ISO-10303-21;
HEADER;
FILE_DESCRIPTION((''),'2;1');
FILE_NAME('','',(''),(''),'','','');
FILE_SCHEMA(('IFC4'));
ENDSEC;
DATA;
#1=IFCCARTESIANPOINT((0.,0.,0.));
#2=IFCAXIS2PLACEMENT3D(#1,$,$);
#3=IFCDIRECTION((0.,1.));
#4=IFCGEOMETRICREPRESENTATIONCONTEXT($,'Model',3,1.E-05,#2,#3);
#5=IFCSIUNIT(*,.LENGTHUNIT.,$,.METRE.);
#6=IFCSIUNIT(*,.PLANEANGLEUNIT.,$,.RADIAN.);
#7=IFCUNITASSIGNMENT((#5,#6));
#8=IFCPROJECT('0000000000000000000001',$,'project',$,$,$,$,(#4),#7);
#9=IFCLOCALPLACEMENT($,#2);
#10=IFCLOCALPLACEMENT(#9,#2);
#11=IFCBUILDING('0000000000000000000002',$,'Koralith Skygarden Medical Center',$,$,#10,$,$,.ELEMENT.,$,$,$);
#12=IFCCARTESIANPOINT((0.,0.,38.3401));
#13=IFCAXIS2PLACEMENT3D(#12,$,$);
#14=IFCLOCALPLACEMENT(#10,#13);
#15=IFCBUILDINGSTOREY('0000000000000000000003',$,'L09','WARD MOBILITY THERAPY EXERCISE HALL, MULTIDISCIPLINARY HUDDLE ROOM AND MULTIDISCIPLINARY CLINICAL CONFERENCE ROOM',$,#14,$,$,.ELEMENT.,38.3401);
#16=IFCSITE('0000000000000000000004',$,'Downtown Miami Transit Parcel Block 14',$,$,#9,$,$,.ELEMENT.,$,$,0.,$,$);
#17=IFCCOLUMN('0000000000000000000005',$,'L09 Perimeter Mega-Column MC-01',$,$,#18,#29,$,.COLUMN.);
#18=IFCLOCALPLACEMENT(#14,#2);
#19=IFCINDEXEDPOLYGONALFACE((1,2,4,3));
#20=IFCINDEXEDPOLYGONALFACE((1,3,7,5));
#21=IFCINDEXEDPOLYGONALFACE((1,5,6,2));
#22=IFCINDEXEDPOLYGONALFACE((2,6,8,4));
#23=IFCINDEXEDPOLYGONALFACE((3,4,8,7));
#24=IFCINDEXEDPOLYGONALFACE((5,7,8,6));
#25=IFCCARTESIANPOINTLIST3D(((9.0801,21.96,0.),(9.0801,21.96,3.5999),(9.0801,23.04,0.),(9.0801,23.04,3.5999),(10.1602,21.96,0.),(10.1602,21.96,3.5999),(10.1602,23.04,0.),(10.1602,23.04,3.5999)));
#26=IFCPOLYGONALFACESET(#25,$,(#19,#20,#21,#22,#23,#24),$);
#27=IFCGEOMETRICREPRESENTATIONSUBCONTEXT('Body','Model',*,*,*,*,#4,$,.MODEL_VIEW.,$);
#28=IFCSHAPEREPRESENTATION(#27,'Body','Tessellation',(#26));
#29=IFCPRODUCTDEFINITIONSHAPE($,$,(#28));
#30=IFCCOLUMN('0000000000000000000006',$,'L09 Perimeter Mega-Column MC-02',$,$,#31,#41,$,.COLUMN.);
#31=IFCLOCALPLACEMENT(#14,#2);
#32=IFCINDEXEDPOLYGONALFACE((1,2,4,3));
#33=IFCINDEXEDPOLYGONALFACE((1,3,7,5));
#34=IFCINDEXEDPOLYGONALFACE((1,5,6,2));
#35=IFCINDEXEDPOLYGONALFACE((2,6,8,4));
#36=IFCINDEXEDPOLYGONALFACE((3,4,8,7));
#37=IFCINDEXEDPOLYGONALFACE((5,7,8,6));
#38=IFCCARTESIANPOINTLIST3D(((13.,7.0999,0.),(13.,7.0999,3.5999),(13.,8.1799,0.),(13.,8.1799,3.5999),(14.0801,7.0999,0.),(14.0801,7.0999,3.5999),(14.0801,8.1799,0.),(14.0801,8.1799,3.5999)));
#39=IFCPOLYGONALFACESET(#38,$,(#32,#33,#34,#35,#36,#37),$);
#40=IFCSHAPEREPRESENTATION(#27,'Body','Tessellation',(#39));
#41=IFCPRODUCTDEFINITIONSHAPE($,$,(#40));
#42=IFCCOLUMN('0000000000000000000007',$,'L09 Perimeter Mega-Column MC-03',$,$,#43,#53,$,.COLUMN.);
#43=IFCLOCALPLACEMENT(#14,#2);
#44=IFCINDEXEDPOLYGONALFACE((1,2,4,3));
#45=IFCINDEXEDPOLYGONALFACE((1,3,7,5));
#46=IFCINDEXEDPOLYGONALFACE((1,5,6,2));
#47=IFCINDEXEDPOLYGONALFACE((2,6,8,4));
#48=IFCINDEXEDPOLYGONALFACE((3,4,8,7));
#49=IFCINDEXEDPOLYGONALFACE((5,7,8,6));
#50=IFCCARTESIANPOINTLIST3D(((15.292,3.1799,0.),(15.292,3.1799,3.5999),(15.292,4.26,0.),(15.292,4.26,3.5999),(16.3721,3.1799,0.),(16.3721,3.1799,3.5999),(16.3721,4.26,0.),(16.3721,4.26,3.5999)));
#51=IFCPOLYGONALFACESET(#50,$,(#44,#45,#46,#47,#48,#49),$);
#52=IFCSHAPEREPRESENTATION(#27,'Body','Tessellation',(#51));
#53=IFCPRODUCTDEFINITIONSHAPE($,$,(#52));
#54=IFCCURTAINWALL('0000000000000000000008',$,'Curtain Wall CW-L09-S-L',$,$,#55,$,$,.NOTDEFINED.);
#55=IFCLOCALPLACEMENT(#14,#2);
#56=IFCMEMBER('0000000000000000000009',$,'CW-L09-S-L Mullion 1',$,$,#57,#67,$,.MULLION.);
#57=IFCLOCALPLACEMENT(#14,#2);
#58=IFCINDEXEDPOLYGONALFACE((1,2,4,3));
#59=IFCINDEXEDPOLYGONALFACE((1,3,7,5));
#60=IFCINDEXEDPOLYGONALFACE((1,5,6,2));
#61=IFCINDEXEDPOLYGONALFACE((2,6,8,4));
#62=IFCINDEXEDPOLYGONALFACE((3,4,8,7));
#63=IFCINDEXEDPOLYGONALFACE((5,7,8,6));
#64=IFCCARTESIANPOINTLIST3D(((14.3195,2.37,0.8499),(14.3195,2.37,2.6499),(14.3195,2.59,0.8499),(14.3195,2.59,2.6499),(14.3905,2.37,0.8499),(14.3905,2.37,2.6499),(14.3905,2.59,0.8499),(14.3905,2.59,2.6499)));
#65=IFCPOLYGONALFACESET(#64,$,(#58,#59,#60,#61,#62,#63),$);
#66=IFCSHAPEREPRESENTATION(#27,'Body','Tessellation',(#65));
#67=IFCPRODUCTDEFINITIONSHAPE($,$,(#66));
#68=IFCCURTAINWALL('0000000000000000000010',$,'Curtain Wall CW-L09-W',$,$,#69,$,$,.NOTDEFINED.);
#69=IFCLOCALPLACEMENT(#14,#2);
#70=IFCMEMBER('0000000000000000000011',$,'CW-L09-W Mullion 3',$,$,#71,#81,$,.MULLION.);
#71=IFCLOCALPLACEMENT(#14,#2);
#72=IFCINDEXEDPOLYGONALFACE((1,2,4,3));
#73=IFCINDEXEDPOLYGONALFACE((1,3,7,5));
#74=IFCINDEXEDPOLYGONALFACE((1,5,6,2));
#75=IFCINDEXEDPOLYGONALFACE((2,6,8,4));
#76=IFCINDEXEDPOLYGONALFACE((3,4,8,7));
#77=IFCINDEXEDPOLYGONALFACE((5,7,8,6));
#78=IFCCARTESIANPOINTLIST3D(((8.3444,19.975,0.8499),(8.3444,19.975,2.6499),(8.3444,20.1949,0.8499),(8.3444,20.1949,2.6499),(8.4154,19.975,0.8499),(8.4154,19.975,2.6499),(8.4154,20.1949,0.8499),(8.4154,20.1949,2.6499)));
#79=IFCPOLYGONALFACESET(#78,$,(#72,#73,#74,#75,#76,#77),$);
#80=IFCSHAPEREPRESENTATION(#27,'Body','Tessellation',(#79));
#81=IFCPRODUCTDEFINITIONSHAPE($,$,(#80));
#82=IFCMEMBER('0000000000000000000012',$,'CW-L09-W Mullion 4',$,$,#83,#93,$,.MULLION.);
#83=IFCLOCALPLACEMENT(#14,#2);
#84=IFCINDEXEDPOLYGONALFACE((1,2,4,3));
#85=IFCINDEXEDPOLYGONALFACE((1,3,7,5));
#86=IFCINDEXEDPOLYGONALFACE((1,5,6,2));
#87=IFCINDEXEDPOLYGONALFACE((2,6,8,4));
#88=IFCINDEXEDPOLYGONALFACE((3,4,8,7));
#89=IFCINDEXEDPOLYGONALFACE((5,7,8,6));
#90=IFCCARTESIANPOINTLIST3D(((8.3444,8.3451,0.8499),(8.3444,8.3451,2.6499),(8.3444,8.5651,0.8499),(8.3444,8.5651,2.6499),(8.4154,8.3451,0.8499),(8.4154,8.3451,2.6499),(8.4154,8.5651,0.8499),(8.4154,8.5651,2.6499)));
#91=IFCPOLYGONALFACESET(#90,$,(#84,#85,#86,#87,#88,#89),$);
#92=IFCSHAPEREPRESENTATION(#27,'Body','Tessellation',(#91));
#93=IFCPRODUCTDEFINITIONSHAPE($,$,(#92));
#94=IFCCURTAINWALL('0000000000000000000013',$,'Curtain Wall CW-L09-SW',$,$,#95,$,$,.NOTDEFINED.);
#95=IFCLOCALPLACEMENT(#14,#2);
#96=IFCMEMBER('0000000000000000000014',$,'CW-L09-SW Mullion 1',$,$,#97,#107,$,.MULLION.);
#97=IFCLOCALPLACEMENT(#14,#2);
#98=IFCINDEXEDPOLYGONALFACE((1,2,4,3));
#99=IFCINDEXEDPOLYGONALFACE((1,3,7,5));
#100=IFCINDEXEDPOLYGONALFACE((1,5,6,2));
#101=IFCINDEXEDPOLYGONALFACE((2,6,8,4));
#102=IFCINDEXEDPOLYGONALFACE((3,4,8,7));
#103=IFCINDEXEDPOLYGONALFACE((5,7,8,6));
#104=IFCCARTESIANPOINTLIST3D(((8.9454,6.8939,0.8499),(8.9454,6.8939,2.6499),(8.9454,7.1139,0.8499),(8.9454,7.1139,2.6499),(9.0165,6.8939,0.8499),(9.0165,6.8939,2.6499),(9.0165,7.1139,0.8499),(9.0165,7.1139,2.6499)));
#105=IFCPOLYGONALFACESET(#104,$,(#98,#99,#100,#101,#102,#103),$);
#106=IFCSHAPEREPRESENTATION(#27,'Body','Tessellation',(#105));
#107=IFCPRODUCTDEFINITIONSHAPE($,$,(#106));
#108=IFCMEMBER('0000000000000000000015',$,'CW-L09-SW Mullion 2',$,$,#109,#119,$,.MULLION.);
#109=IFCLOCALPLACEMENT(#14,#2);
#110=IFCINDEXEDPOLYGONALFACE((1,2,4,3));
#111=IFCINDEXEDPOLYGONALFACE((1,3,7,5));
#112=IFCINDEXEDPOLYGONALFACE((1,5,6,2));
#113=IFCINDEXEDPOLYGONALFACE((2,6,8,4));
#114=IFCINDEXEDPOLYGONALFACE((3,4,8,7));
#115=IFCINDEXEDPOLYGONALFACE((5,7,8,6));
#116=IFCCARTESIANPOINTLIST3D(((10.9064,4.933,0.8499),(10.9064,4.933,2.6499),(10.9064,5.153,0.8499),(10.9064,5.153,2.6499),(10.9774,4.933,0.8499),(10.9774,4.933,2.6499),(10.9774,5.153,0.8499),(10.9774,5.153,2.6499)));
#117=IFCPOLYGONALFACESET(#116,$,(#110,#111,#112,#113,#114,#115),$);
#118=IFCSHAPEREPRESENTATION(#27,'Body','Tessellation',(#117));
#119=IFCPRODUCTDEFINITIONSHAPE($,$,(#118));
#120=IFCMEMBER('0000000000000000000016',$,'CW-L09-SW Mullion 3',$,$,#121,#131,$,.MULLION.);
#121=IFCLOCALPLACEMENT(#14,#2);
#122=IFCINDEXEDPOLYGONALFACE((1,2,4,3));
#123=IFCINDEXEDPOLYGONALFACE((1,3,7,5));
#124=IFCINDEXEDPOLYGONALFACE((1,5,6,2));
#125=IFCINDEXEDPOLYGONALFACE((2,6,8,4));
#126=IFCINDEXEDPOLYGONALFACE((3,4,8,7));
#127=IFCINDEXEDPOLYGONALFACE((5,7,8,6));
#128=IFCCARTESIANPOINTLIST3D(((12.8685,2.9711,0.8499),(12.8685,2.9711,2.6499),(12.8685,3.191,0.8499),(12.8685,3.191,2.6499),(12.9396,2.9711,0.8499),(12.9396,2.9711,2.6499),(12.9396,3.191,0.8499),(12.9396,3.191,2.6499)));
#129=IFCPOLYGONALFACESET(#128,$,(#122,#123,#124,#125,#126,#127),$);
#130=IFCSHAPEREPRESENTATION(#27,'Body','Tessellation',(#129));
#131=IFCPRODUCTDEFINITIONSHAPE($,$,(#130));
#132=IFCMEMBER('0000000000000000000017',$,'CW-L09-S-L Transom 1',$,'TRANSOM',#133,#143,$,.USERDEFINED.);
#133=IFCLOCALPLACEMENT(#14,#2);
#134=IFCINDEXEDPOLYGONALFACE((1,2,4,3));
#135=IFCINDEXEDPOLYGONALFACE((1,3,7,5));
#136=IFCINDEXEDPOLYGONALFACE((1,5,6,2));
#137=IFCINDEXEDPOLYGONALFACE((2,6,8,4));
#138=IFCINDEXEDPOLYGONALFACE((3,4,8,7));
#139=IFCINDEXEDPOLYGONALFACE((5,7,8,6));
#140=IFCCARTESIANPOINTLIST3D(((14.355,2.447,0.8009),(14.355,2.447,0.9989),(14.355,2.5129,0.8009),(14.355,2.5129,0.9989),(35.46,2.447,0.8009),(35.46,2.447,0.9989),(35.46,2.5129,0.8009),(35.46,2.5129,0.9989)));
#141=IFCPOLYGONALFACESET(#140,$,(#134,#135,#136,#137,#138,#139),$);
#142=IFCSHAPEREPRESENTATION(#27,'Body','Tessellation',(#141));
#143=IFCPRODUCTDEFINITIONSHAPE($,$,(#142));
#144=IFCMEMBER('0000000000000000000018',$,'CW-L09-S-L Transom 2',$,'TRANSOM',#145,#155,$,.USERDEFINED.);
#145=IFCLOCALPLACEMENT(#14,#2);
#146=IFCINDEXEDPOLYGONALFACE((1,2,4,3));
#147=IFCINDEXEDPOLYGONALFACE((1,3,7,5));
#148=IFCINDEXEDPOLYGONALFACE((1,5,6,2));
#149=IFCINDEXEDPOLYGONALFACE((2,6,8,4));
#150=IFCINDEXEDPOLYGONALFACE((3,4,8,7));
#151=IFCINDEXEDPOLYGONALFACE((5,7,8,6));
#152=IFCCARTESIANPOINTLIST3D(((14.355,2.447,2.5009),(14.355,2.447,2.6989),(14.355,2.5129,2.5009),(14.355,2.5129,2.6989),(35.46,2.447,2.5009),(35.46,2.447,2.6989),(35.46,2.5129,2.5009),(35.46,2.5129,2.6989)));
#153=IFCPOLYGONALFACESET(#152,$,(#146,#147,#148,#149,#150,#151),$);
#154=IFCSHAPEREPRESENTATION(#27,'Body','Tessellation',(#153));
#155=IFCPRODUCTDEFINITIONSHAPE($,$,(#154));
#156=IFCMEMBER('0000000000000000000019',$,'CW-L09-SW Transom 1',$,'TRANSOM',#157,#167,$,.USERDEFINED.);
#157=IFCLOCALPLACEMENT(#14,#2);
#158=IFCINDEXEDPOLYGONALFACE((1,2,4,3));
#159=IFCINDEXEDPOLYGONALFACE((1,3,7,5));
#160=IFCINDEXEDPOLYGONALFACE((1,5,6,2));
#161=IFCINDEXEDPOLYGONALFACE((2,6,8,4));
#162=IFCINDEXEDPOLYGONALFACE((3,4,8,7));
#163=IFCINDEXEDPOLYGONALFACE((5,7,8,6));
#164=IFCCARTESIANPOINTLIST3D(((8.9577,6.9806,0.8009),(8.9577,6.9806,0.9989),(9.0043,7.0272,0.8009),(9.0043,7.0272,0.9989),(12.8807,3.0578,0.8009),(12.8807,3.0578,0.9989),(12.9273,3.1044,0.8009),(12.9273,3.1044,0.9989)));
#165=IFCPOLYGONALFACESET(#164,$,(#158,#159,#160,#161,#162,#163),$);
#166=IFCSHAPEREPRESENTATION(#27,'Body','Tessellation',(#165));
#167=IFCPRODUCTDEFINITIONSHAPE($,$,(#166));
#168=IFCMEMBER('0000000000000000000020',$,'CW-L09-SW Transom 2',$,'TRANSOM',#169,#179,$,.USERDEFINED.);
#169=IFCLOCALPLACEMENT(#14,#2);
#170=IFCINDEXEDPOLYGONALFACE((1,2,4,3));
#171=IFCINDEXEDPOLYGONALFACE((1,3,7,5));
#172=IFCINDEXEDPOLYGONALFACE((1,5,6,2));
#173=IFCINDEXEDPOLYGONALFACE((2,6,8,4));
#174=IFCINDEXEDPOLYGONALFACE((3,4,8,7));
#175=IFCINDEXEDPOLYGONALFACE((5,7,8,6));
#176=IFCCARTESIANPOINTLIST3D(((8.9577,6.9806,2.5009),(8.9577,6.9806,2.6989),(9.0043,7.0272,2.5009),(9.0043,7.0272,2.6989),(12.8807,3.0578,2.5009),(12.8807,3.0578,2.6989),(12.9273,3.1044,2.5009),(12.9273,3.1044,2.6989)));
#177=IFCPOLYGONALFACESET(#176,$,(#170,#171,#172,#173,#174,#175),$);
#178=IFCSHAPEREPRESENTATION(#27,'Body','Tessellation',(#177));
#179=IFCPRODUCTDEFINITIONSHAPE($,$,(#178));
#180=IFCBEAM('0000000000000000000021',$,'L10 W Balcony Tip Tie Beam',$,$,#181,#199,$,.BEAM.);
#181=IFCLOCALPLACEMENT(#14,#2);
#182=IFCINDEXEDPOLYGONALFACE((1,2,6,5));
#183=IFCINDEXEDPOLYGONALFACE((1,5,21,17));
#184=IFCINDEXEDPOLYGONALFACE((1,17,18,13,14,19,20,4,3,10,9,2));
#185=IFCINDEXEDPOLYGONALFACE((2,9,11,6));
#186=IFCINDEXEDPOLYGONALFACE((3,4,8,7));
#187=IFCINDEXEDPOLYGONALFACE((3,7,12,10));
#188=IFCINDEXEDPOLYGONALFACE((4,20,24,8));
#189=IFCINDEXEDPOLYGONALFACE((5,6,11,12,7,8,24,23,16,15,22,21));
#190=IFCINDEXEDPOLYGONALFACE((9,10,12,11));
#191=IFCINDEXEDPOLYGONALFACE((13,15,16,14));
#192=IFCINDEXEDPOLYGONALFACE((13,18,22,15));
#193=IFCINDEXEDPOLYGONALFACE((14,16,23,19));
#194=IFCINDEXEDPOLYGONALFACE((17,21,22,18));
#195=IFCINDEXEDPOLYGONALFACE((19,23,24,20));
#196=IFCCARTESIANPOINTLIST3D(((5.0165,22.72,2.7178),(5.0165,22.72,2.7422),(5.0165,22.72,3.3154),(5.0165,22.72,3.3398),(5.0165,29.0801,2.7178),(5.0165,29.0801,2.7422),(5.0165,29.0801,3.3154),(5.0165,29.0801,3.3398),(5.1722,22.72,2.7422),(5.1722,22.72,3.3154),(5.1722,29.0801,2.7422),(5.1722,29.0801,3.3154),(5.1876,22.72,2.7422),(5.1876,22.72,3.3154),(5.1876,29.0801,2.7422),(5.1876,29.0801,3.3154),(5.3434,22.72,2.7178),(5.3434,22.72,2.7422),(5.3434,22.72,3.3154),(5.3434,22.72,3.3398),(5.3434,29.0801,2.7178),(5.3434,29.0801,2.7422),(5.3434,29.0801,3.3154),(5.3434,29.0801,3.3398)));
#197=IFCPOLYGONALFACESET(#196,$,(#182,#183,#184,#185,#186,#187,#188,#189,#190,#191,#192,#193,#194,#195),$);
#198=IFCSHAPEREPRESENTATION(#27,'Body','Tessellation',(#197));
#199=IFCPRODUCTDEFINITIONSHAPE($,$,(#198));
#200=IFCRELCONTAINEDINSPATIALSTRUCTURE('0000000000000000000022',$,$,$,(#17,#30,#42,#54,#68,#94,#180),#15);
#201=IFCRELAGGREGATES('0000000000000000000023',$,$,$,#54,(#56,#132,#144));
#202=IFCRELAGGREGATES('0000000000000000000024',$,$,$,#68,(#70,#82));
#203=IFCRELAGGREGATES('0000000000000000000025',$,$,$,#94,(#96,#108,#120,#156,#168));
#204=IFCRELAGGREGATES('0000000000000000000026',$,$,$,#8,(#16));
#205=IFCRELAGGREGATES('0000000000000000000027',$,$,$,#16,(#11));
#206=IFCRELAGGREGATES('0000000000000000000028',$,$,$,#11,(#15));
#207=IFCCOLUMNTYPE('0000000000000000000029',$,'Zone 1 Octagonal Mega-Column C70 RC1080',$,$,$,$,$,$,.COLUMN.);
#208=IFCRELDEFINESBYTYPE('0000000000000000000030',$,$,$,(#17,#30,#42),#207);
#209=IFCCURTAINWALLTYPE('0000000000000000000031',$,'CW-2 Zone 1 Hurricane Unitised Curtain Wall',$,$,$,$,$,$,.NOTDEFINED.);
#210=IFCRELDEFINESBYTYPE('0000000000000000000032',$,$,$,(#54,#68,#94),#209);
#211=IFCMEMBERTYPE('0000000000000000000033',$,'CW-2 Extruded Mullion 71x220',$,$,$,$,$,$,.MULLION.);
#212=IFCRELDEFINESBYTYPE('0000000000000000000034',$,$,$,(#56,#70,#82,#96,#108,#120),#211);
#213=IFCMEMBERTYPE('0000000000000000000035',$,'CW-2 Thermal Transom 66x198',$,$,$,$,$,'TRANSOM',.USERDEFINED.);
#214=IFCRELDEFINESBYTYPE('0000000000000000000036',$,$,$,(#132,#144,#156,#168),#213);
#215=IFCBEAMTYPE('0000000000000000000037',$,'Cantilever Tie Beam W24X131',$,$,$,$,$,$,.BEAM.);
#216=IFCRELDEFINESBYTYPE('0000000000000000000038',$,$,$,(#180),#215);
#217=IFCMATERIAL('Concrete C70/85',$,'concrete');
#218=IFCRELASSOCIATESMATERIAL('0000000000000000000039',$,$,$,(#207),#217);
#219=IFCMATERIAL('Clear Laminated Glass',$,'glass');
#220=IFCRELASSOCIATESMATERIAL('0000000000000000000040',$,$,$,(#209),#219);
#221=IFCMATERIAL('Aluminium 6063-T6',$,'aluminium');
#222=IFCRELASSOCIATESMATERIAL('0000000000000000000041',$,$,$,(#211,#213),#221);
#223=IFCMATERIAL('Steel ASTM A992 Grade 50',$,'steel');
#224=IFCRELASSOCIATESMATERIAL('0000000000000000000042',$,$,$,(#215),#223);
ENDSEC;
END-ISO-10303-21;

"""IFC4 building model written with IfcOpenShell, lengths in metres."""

from ifc_helpers import new_model, si_unit, direction, frame, origin, origin_2d, place, context, subcontext, project, spatial, rectangle, i_section, extrude, material, material_profile, profile_set, type_object, element, aggregate, save


model = new_model("IFC4")

# Units and contexts
model_context = context("Model", 3, precision=1e-05, world=origin(), true_north=direction((0.0, 1.0)))
body_context = subcontext(model_context, "Body", "Model", "MODEL_VIEW")
ifc_project = project(units=[si_unit("LENGTHUNIT", "METRE"), si_unit("PLANEANGLEUNIT", "RADIAN")], contexts=[model_context])

# Site, building, storey
site_placement = place(None, origin())
site = spatial("IfcSite", under=ifc_project, at=site_placement, Name="Downtown Miami Transit Parcel Block 14", CompositionType="ELEMENT", RefElevation=0.0)
building_placement = place(site_placement, origin())
building = spatial("IfcBuilding", under=site, at=building_placement, Name="Koralith Skygarden Medical Center", CompositionType="ELEMENT")
storey_placement = place(building_placement, frame((0.0, 0.0, 38.3401)))
storey = spatial("IfcBuildingStorey", under=building, at=storey_placement, Name="L09", Description="WARD MOBILITY THERAPY EXERCISE HALL, MULTIDISCIPLINARY HUDDLE ROOM AND MULTIDISCIPLINARY CLINICAL CONFERENCE ROOM", CompositionType="ELEMENT", Elevation=38.3401)

# Columns
ifc_material_1 = material(Name="Concrete C70/85", Category="concrete")
ifc_material_profile_1 = material_profile(ifc_material_1, rectangle(XDim=1.0801, YDim=1.0801, at=origin_2d()), Name="RC1080X1080")
ifc_profile_set_1 = profile_set([ifc_material_profile_1], Name="Concrete C70/85")
column_type = type_object("IfcColumnType", Name="Zone 1 Octagonal Mega-Column C70 RC1080", PredefinedType="COLUMN", material=ifc_profile_set_1)
for number, where, z_axis, x_axis, name in (
    (1, (9.6201, 22.5, 0.0), (0.0, 0.0, 1.0), (1.0, 0.0, 0.0), "L09 Perimeter Mega-Column MC-01"),
    (2, (13.54, 7.6399, 0.0), (0.0, 0.0, 1.0), (1.0, 0.0, 0.0), "L09 Perimeter Mega-Column MC-02"),
    (3, (15.832, 3.72, 0.0), (0.0, 0.0, 1.0), (1.0, 0.0, 0.0), "L09 Perimeter Mega-Column MC-03"),
):
    element("IfcColumn", number, at=place(storey_placement, frame(where, z_axis=z_axis, x_axis=x_axis)), inside=storey, type_object=column_type, Name=name, PredefinedType="COLUMN", context=body_context, shape_type="SweptSolid", body=[
        extrude(rectangle(XDim=1.0801, YDim=1.0801, at=origin_2d()), origin(), (0.0, 0.0, 1.0), 3.5999),
    ])

# Curtain wall, member
ifc_material_2 = material(Name="Clear Laminated Glass", Category="glass")
curtain_wall_type = type_object("IfcCurtainWallType", Name="CW-2 Zone 1 Hurricane Unitised Curtain Wall", PredefinedType="NOTDEFINED", material=ifc_material_2)
curtain_wall_1_placement = place(storey_placement, origin())
curtain_wall_1 = element("IfcCurtainWall", 4, at=curtain_wall_1_placement, inside=storey, type_object=curtain_wall_type, Name="Curtain Wall CW-L09-S-L", PredefinedType="NOTDEFINED")
ifc_material_3 = material(Name="Aluminium 6063-T6", Category="aluminium")
ifc_material_profile_2 = material_profile(ifc_material_3, rectangle(XDim=0.071, YDim=0.22, at=origin_2d()), Name="MUL71X220")
ifc_profile_set_2 = profile_set([ifc_material_profile_2], Name="Aluminium 6063-T6")
member_type_1 = type_object("IfcMemberType", Name="CW-2 Extruded Mullion 71x220", PredefinedType="MULLION", material=ifc_profile_set_2)
member_1_placement = place(storey_placement, frame((14.355, 2.48, 0.8499), z_axis=(0.0, 0.0, 1.0), x_axis=(1.0, 0.0, 0.0)))
member_1 = element("IfcMember", 5, at=member_1_placement, type_object=member_type_1, Name="CW-L09-S-L Mullion 1", PredefinedType="MULLION", context=body_context, shape_type="SweptSolid", body=[
    extrude(rectangle(XDim=0.071, YDim=0.22, at=origin_2d()), origin(), (0.0, 0.0, 1.0), 1.8),
])

# Curtain walls, members
curtain_wall_2_placement = place(storey_placement, origin())
curtain_wall_2 = element("IfcCurtainWall", 6, at=curtain_wall_2_placement, inside=storey, type_object=curtain_wall_type, Name="Curtain Wall CW-L09-W", PredefinedType="NOTDEFINED")
member_2_placement = place(storey_placement, frame((8.3799, 20.085, 0.8499), z_axis=(0.0, 0.0, 1.0), x_axis=(1.0, 0.0, 0.0)))
member_2 = element("IfcMember", 7, at=member_2_placement, type_object=member_type_1, Name="CW-L09-W Mullion 3", PredefinedType="MULLION", context=body_context, shape_type="SweptSolid", body=[
    extrude(rectangle(XDim=0.071, YDim=0.22, at=origin_2d()), origin(), (0.0, 0.0, 1.0), 1.8),
])
member_3_placement = place(storey_placement, frame((8.3799, 8.4551, 0.8499), z_axis=(0.0, 0.0, 1.0), x_axis=(1.0, 0.0, 0.0)))
member_3 = element("IfcMember", 8, at=member_3_placement, type_object=member_type_1, Name="CW-L09-W Mullion 4", PredefinedType="MULLION", context=body_context, shape_type="SweptSolid", body=[
    extrude(rectangle(XDim=0.071, YDim=0.22, at=origin_2d()), origin(), (0.0, 0.0, 1.0), 1.8),
])
curtain_wall_3_placement = place(storey_placement, origin())
curtain_wall_3 = element("IfcCurtainWall", 9, at=curtain_wall_3_placement, inside=storey, type_object=curtain_wall_type, Name="Curtain Wall CW-L09-SW", PredefinedType="NOTDEFINED")
member_4_placement = place(storey_placement, frame((8.981, 7.0039, 0.8499), z_axis=(0.0, 0.0, 1.0), x_axis=(1.0, 0.0, 0.0)))
member_4 = element("IfcMember", 10, at=member_4_placement, type_object=member_type_1, Name="CW-L09-SW Mullion 1", PredefinedType="MULLION", context=body_context, shape_type="SweptSolid", body=[
    extrude(rectangle(XDim=0.071, YDim=0.22, at=origin_2d()), origin(), (0.0, 0.0, 1.0), 1.8),
])
member_5_placement = place(storey_placement, frame((10.9419, 5.043, 0.8499), z_axis=(0.0, 0.0, 1.0), x_axis=(1.0, 0.0, 0.0)))
member_5 = element("IfcMember", 11, at=member_5_placement, type_object=member_type_1, Name="CW-L09-SW Mullion 2", PredefinedType="MULLION", context=body_context, shape_type="SweptSolid", body=[
    extrude(rectangle(XDim=0.071, YDim=0.22, at=origin_2d()), origin(), (0.0, 0.0, 1.0), 1.8),
])
member_6_placement = place(storey_placement, frame((12.9041, 3.0811, 0.8499), z_axis=(0.0, 0.0, 1.0), x_axis=(1.0, 0.0, 0.0)))
member_6 = element("IfcMember", 12, at=member_6_placement, type_object=member_type_1, Name="CW-L09-SW Mullion 3", PredefinedType="MULLION", context=body_context, shape_type="SweptSolid", body=[
    extrude(rectangle(XDim=0.071, YDim=0.22, at=origin_2d()), origin(), (0.0, 0.0, 1.0), 1.8),
])

# Members
ifc_material_profile_3 = material_profile(ifc_material_3, rectangle(XDim=0.0659, YDim=0.198, at=origin_2d()), Name="TRN66X198")
ifc_profile_set_3 = profile_set([ifc_material_profile_3], Name="Aluminium 6063-T6")
member_type_2 = type_object("IfcMemberType", Name="CW-2 Thermal Transom 66x198", ElementType="TRANSOM", PredefinedType="USERDEFINED", material=ifc_profile_set_3)
member_7_placement = place(storey_placement, frame((14.355, 2.48, 0.8999), z_axis=(1.0, 0.0, 0.0), x_axis=(0.0, 1.0, 0.0)))
member_7 = element("IfcMember", 13, at=member_7_placement, type_object=member_type_2, Name="CW-L09-S-L Transom 1", ObjectType="TRANSOM", PredefinedType="USERDEFINED", context=body_context, shape_type="SweptSolid", body=[
    extrude(rectangle(XDim=0.0659, YDim=0.198, at=origin_2d()), origin(), (0.0, 0.0, 1.0), 21.105),
])
member_8_placement = place(storey_placement, frame((14.355, 2.48, 2.5999), z_axis=(1.0, 0.0, 0.0), x_axis=(0.0, 1.0, 0.0)))
member_8 = element("IfcMember", 14, at=member_8_placement, type_object=member_type_2, Name="CW-L09-S-L Transom 2", ObjectType="TRANSOM", PredefinedType="USERDEFINED", context=body_context, shape_type="SweptSolid", body=[
    extrude(rectangle(XDim=0.0659, YDim=0.198, at=origin_2d()), origin(), (0.0, 0.0, 1.0), 21.105),
])
aggregate(curtain_wall_1, [member_1, member_7, member_8])
member_9_placement = place(storey_placement, frame((8.981, 7.0039, 0.8999), z_axis=(0.707129, -0.707085, 0.0), x_axis=(0.707085, 0.707129, 0.0)))
member_9 = element("IfcMember", 15, at=member_9_placement, type_object=member_type_2, Name="CW-L09-SW Transom 1", ObjectType="TRANSOM", PredefinedType="USERDEFINED", context=body_context, shape_type="SweptSolid", body=[
    extrude(rectangle(XDim=0.0659, YDim=0.198, at=origin_2d()), origin(), (0.0, 0.0, 1.0), 5.5479),
])
member_10_placement = place(storey_placement, frame((8.981, 7.0039, 2.5999), z_axis=(0.707129, -0.707085, 0.0), x_axis=(0.707085, 0.707129, 0.0)))
member_10 = element("IfcMember", 16, at=member_10_placement, type_object=member_type_2, Name="CW-L09-SW Transom 2", ObjectType="TRANSOM", PredefinedType="USERDEFINED", context=body_context, shape_type="SweptSolid", body=[
    extrude(rectangle(XDim=0.0659, YDim=0.198, at=origin_2d()), origin(), (0.0, 0.0, 1.0), 5.5479),
])

# Beam
ifc_material_4 = material(Name="Steel ASTM A992 Grade 50", Category="steel")
ifc_material_profile_4 = material_profile(ifc_material_4, i_section(OverallWidth=0.3269, OverallDepth=0.6221, WebThickness=0.0154, FlangeThickness=0.0244, at=origin_2d()), Name="W24X131")
ifc_profile_set_4 = profile_set([ifc_material_profile_4], Name="Steel ASTM A992 Grade 50")
beam_type_1 = type_object("IfcBeamType", Name="Cantilever Tie Beam W24X131", PredefinedType="BEAM", material=ifc_profile_set_4)
beam_1_placement = place(storey_placement, frame((5.1799, 22.72, 3.0288), z_axis=(0.0, 1.0, 0.0), x_axis=(-1.0, 0.0, 0.0)))
element("IfcBeam", 17, at=beam_1_placement, inside=storey, type_object=beam_type_1, Name="L10 W Balcony Tip Tie Beam", PredefinedType="BEAM", context=body_context, shape_type="SweptSolid", body=[
    extrude(i_section(OverallWidth=0.3269, OverallDepth=0.6221, WebThickness=0.0154, FlangeThickness=0.0244, at=origin_2d()), origin(), (0.0, 0.0, 1.0), 6.3601),
])

aggregate(curtain_wall_2, [member_2, member_3])
aggregate(curtain_wall_3, [member_4, member_5, member_6, member_9, member_10])

save(model, "model.ifc")
